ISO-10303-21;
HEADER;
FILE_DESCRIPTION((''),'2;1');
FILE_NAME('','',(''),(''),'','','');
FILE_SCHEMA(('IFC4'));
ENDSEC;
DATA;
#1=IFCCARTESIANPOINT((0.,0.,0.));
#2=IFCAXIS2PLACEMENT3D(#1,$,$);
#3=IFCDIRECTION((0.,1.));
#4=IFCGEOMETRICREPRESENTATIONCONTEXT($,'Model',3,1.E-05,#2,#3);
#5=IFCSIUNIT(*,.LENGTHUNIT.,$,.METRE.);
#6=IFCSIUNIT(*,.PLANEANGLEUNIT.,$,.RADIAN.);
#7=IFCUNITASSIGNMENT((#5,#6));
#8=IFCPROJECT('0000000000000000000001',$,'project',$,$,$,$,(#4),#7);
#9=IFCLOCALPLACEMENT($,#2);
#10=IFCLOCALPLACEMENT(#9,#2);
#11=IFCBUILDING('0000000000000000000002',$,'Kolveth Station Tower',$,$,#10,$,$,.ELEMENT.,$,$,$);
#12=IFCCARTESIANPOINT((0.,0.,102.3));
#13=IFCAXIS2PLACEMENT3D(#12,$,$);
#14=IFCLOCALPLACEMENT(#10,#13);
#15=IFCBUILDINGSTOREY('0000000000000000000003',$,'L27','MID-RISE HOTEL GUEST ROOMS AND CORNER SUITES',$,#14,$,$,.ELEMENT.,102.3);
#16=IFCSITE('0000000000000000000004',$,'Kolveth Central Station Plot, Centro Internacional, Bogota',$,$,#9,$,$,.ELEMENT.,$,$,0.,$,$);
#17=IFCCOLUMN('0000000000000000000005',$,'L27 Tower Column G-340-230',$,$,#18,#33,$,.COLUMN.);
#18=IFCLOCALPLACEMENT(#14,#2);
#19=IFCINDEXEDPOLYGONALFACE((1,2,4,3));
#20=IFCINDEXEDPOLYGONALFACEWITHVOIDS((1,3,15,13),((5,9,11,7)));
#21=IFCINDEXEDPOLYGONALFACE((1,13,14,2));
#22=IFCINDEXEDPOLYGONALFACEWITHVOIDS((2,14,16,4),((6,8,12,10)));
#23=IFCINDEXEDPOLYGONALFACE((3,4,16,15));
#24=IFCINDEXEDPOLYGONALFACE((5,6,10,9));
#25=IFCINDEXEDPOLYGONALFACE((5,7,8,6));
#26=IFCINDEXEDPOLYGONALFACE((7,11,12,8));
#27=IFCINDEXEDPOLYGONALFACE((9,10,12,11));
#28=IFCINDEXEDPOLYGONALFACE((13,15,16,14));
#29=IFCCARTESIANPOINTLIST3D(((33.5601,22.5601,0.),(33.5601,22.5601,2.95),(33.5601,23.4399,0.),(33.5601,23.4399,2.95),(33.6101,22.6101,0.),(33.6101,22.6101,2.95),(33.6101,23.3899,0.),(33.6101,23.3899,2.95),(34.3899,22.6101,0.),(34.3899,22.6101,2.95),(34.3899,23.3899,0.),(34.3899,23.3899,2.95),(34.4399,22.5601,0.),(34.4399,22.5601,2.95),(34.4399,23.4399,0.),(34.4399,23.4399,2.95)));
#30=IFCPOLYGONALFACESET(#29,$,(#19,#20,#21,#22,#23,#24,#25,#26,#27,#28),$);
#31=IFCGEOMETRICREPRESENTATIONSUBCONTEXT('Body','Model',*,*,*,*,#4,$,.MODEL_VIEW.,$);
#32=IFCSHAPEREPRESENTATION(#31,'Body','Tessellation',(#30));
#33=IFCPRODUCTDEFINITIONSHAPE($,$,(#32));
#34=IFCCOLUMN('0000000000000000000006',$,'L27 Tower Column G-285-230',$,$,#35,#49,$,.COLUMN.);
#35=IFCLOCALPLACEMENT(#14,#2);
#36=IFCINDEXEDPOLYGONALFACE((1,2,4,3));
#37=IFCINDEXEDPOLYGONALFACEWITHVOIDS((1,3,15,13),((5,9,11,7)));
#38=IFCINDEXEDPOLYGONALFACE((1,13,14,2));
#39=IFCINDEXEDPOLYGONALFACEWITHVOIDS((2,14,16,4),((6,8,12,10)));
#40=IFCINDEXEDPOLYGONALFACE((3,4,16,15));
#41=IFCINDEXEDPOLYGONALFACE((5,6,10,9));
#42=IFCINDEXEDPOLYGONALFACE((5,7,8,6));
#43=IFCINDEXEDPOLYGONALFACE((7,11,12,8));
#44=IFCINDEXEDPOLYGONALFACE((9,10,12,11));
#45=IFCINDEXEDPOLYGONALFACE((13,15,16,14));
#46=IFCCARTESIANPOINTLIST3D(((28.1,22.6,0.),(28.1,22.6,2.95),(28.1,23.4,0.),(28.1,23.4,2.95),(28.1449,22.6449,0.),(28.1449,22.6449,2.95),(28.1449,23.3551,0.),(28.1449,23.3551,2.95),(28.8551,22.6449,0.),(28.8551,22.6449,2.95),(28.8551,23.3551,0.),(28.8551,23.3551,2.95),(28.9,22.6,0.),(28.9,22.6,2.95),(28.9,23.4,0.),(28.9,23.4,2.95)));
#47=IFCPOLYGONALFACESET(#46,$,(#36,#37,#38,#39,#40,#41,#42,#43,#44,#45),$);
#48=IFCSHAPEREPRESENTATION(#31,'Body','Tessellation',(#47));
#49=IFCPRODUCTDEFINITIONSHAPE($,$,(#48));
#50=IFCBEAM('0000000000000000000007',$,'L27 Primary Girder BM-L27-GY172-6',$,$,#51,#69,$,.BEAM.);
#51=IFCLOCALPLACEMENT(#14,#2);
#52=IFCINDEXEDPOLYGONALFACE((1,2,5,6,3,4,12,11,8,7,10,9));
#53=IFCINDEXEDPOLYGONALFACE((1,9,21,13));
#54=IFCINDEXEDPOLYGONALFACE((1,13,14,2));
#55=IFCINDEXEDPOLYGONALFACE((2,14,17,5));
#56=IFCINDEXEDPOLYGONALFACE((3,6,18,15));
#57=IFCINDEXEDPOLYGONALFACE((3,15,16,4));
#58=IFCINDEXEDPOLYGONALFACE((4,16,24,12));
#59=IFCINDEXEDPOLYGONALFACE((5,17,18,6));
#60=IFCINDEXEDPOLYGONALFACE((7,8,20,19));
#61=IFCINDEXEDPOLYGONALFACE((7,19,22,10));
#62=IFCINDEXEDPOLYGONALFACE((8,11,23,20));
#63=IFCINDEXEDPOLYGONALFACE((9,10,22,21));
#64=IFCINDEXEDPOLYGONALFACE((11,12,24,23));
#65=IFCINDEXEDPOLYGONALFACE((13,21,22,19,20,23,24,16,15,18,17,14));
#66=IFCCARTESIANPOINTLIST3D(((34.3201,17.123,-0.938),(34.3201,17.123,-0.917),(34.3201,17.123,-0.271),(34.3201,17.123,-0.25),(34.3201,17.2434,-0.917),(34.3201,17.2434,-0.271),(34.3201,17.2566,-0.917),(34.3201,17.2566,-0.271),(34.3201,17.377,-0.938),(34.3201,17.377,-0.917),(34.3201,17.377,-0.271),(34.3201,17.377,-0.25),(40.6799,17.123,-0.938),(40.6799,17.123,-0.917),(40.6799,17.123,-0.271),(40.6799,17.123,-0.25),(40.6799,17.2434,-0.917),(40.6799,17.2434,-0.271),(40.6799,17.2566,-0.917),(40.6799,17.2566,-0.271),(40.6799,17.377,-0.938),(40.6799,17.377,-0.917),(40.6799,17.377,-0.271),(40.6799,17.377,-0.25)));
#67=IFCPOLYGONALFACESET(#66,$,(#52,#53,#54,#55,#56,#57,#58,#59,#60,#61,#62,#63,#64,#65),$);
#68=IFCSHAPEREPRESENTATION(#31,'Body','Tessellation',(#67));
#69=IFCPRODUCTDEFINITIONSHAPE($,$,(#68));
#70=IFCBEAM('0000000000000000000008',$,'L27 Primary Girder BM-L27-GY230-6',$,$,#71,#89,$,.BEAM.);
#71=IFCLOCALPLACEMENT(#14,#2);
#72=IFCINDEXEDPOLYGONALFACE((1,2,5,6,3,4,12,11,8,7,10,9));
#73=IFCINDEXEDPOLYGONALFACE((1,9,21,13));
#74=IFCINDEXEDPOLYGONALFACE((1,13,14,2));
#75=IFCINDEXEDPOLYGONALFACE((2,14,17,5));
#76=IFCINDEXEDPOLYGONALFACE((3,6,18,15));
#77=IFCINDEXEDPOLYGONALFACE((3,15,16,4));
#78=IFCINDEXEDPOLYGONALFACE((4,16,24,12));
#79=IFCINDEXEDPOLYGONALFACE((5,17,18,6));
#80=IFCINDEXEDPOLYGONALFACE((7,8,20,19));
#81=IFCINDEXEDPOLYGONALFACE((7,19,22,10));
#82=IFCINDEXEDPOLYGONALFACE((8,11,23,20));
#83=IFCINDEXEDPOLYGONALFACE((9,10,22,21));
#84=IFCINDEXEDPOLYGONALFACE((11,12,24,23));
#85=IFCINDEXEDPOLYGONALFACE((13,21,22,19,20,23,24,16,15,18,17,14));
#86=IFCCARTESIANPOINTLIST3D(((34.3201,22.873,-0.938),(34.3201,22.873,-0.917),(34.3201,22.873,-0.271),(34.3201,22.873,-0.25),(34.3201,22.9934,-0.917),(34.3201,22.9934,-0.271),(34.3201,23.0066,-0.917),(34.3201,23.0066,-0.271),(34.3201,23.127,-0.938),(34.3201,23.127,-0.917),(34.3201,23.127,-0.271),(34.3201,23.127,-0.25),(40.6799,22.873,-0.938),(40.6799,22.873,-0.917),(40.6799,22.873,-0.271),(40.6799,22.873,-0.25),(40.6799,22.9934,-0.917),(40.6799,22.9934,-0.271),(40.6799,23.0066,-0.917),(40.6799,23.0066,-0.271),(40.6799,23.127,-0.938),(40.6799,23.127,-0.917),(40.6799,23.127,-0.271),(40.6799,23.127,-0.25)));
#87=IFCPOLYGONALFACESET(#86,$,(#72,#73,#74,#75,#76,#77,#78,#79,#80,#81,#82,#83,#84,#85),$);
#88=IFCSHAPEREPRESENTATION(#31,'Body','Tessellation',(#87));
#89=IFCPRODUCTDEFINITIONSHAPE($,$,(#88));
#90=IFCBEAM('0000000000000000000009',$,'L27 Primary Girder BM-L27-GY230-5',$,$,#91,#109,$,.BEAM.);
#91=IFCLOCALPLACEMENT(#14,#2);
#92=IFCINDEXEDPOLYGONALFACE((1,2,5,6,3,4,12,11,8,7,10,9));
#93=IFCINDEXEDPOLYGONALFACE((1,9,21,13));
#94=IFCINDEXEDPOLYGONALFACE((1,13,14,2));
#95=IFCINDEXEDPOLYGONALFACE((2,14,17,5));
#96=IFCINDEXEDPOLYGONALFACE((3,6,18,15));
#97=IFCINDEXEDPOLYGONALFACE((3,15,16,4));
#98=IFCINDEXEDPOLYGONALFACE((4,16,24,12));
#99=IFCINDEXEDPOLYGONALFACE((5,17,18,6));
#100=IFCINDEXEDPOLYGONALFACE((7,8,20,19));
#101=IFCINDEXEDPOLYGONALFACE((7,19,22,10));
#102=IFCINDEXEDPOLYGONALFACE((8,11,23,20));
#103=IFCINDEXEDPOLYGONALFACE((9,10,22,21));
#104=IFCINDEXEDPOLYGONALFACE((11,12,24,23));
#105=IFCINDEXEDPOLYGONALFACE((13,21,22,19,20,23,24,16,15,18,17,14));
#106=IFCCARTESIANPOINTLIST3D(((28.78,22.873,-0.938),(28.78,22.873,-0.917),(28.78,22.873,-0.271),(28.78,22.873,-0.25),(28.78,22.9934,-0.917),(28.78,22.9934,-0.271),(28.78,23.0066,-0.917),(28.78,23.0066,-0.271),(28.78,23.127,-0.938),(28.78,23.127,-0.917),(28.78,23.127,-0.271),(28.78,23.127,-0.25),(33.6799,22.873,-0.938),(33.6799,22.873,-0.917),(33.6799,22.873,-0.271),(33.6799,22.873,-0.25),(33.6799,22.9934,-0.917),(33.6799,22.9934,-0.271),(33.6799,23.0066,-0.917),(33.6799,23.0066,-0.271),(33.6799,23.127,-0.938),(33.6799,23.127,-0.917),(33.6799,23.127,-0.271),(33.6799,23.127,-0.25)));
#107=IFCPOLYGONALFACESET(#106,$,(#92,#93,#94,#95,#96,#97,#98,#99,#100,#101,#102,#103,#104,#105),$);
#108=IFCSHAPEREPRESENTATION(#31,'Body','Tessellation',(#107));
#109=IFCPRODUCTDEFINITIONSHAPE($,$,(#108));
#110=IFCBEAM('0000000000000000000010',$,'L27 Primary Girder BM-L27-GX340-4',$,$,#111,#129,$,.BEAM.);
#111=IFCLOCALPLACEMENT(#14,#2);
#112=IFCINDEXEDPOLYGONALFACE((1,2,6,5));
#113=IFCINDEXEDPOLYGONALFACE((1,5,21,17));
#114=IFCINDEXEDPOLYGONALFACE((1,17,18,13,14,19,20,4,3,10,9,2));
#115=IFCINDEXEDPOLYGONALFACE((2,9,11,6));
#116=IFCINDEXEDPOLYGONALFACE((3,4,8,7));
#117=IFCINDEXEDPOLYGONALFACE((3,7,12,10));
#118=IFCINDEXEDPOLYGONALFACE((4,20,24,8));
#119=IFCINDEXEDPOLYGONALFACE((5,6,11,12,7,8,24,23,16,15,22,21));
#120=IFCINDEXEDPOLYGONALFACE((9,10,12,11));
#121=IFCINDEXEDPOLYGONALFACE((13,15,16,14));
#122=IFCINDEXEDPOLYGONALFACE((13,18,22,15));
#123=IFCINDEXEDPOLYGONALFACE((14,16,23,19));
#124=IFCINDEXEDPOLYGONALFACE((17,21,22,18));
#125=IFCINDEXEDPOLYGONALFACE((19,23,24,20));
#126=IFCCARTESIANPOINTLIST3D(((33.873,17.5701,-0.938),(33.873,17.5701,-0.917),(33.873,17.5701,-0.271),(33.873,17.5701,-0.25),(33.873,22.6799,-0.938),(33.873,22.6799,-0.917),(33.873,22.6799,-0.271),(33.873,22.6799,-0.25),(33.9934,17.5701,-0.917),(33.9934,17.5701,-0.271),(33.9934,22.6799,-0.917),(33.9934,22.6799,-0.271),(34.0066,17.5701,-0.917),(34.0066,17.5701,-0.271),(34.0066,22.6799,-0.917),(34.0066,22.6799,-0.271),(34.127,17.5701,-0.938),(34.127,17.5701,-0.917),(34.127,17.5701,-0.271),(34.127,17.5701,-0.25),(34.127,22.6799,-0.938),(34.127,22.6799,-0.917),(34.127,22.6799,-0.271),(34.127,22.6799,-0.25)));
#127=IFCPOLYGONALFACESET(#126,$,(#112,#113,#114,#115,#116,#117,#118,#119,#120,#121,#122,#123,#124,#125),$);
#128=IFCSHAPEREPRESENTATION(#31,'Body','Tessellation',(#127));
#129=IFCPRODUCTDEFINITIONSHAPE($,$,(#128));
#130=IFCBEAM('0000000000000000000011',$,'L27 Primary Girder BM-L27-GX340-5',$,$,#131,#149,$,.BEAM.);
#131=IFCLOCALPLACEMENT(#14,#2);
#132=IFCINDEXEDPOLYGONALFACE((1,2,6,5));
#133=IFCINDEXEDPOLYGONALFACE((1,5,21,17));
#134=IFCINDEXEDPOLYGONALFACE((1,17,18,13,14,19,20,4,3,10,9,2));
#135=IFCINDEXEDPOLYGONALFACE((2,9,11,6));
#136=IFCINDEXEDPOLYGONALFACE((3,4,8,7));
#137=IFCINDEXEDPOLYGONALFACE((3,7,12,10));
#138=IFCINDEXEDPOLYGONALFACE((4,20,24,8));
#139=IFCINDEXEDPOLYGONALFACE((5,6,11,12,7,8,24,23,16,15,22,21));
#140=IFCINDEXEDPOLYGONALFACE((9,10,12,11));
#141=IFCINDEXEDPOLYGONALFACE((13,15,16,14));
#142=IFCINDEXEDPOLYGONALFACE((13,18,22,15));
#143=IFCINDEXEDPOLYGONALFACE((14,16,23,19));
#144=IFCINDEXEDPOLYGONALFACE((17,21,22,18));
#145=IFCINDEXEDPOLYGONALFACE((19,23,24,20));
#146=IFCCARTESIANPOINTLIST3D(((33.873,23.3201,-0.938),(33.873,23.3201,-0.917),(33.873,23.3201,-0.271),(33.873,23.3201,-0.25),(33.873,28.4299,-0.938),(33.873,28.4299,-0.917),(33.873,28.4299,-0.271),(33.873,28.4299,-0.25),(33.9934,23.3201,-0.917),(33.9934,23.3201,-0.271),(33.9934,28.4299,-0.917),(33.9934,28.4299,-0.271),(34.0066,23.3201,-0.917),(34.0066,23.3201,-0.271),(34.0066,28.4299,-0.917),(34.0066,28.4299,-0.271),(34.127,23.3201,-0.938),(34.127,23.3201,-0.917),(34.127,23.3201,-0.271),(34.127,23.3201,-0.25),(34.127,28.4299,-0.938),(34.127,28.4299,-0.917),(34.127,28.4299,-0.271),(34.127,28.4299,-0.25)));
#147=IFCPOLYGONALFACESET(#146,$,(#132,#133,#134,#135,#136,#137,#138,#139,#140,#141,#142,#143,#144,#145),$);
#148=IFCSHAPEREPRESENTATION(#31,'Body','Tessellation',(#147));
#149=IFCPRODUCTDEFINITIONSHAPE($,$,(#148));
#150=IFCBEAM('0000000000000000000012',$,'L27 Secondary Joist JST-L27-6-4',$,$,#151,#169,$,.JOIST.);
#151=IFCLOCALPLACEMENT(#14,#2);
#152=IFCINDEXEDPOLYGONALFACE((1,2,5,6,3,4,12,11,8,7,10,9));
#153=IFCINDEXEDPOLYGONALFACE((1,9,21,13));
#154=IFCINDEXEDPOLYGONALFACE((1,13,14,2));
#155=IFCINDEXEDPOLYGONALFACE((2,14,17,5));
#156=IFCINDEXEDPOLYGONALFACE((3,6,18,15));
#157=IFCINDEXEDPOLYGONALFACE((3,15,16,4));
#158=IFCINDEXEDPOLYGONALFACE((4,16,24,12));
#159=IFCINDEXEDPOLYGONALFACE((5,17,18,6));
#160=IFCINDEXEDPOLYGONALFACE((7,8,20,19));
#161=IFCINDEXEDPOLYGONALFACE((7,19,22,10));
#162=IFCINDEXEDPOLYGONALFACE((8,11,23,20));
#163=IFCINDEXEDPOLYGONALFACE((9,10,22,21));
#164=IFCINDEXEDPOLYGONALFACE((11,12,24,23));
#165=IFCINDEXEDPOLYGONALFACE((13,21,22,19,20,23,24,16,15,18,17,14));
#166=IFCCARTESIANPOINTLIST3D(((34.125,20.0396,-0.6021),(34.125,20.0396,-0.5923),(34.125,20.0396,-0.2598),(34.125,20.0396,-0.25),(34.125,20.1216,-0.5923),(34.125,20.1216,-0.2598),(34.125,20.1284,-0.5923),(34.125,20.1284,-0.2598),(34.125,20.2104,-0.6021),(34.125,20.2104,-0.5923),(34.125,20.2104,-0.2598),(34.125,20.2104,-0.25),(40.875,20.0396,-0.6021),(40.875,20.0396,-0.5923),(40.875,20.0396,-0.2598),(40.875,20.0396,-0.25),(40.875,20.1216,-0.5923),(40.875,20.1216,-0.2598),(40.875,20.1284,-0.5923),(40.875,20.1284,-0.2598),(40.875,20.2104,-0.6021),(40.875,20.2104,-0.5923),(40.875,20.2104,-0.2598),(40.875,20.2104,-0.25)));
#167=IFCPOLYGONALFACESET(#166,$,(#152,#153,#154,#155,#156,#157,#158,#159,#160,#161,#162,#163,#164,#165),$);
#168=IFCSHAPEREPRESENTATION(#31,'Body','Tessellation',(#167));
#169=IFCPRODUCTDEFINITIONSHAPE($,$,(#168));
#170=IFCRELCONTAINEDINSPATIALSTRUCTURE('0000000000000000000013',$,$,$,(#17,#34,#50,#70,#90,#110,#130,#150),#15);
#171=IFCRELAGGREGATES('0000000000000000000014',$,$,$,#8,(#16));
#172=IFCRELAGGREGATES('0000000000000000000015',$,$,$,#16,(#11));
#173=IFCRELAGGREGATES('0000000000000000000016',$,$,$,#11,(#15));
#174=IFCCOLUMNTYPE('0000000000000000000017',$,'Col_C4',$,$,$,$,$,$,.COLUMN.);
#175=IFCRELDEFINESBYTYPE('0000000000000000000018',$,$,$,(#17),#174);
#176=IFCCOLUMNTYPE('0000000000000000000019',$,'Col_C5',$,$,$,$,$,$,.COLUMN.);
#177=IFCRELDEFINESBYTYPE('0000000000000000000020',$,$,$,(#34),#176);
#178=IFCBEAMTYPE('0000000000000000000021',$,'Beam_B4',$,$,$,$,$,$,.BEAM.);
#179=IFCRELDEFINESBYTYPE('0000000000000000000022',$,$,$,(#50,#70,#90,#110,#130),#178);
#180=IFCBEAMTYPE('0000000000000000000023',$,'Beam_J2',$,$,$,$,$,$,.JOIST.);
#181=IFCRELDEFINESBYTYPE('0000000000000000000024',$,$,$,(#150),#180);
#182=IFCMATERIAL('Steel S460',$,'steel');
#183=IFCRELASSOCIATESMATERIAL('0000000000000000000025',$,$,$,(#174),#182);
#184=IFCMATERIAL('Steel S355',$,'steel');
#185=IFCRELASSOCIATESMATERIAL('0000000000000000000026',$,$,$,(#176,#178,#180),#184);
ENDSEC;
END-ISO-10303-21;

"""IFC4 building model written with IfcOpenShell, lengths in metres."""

from ifc_helpers import new_model, si_unit, direction, frame, origin, origin_2d, place, context, subcontext, project, spatial, hollow_rectangle, i_section, extrude, source, transform, mapped, material, material_profile, profile_set, type_object, element, save


model = new_model("IFC4")

# Units and contexts
model_context = context("Model", 3, precision=1e-05, world=origin(), true_north=direction((0.0, 1.0)))
body_context = subcontext(model_context, "Body", "Model", "MODEL_VIEW")
ifc_project = project(units=[si_unit("LENGTHUNIT", "METRE"), si_unit("PLANEANGLEUNIT", "RADIAN")], contexts=[model_context])

# Site, building, storey
site_placement = place(None, origin())
site = spatial("IfcSite", under=ifc_project, at=site_placement, Name="Kolveth Central Station Plot, Centro Internacional, Bogota", CompositionType="ELEMENT", RefElevation=0.0)
building_placement = place(site_placement, origin())
building = spatial("IfcBuilding", under=site, at=building_placement, Name="Kolveth Station Tower", CompositionType="ELEMENT")
storey_placement = place(building_placement, frame((0.0, 0.0, 102.3)))
storey = spatial("IfcBuildingStorey", under=building, at=storey_placement, Name="L27", Description="MID-RISE HOTEL GUEST ROOMS AND CORNER SUITES", CompositionType="ELEMENT", Elevation=102.3)

# Columns
ifc_material_1 = material(Name="Steel S460", Category="steel")
ifc_material_profile_1 = material_profile(ifc_material_1, hollow_rectangle(XDim=0.8799, YDim=0.8799, WallThickness=0.05, at=origin_2d()), Name="BOX880x880x50")
ifc_profile_set_1 = profile_set([ifc_material_profile_1], Name="Steel S460")
column_type_1 = type_object("IfcColumnType", Name="Col_C4", PredefinedType="COLUMN", material=ifc_profile_set_1)
shared_shape_1 = source(origin(), body_context, "Body", "SweptSolid", [
    extrude(hollow_rectangle(XDim=0.8799, YDim=0.8799, WallThickness=0.05, at=origin_2d()), origin(), (0.0, 0.0, 1.0), 2.95),
])
column_1_placement = place(storey_placement, frame((34.0, 23.0, 0.0), z_axis=(0.0, 0.0, 1.0), x_axis=(1.0, 0.0, 0.0)))
element("IfcColumn", 1, at=column_1_placement, inside=storey, type_object=column_type_1, Name="L27 Tower Column G-340-230", PredefinedType="COLUMN", context=body_context, shape_type="MappedRepresentation", body=[
    mapped(shared_shape_1, transform((0.0, 0.0, 0.0), x_axis=(1.0, 0.0, 0.0), y_axis=(0.0, 1.0, 0.0), z_axis=(0.0, 0.0, 1.0), scale=1.0)),
])
ifc_material_2 = material(Name="Steel S355", Category="steel")
ifc_material_profile_2 = material_profile(ifc_material_2, hollow_rectangle(XDim=0.8, YDim=0.8, WallThickness=0.0449, at=origin_2d()), Name="BOX800x800x45")
ifc_profile_set_2 = profile_set([ifc_material_profile_2], Name="Steel S355")
column_type_2 = type_object("IfcColumnType", Name="Col_C5", PredefinedType="COLUMN", material=ifc_profile_set_2)
shared_shape_2 = source(origin(), body_context, "Body", "SweptSolid", [
    extrude(hollow_rectangle(XDim=0.8, YDim=0.8, WallThickness=0.0449, at=origin_2d()), origin(), (0.0, 0.0, 1.0), 2.95),
])
column_2_placement = place(storey_placement, frame((28.5, 23.0, 0.0), z_axis=(0.0, 0.0, 1.0), x_axis=(1.0, 0.0, 0.0)))
element("IfcColumn", 2, at=column_2_placement, inside=storey, type_object=column_type_2, Name="L27 Tower Column G-285-230", PredefinedType="COLUMN", context=body_context, shape_type="MappedRepresentation", body=[
    mapped(shared_shape_2, transform((0.0, 0.0, 0.0), x_axis=(1.0, 0.0, 0.0), y_axis=(0.0, 1.0, 0.0), z_axis=(0.0, 0.0, 1.0), scale=1.0)),
])

# Beams
ifc_material_profile_3 = material_profile(ifc_material_2, i_section(OverallWidth=0.2539, OverallDepth=0.688, WebThickness=0.0132, FlangeThickness=0.021, at=origin_2d()), Name="W690x152")
ifc_profile_set_3 = profile_set([ifc_material_profile_3], Name="Steel S355")
beam_type_1 = type_object("IfcBeamType", Name="Beam_B4", PredefinedType="BEAM", material=ifc_profile_set_3)
shared_shape_3 = source(origin(), body_context, "Body", "SweptSolid", [
    extrude(i_section(OverallWidth=0.2539, OverallDepth=0.688, WebThickness=0.0132, FlangeThickness=0.021, at=origin_2d()), origin(), (0.0, 0.0, 1.0), 6.3599),
])
for number, where, z_axis, x_axis, name in (
    (3, (34.3201, 17.25, -0.594), (1.0, 0.0, 0.0), (0.0, 1.0, 0.0), "L27 Primary Girder BM-L27-GY172-6"),
    (4, (34.3201, 23.0, -0.594), (1.0, 0.0, 0.0), (0.0, 1.0, 0.0), "L27 Primary Girder BM-L27-GY230-6"),
):
    element("IfcBeam", number, at=place(storey_placement, frame(where, z_axis=z_axis, x_axis=x_axis)), inside=storey, type_object=beam_type_1, Name=name, PredefinedType="BEAM", context=body_context, shape_type="MappedRepresentation", body=[
        mapped(shared_shape_3, transform((0.0, 0.0, 0.0), x_axis=(1.0, 0.0, 0.0), y_axis=(0.0, 1.0, 0.0), z_axis=(0.0, 0.0, 1.0), scale=1.0)),
    ])
shared_shape_4 = source(origin(), body_context, "Body", "SweptSolid", [
    extrude(i_section(OverallWidth=0.2539, OverallDepth=0.688, WebThickness=0.0132, FlangeThickness=0.021, at=origin_2d()), origin(), (0.0, 0.0, 1.0), 4.8999),
])
beam_1_placement = place(storey_placement, frame((28.78, 23.0, -0.594), z_axis=(1.0, 0.0, 0.0), x_axis=(0.0, 1.0, 0.0)))
element("IfcBeam", 5, at=beam_1_placement, inside=storey, type_object=beam_type_1, Name="L27 Primary Girder BM-L27-GY230-5", PredefinedType="BEAM", context=body_context, shape_type="MappedRepresentation", body=[
    mapped(shared_shape_4, transform((0.0, 0.0, 0.0), x_axis=(1.0, 0.0, 0.0), y_axis=(0.0, 1.0, 0.0), z_axis=(0.0, 0.0, 1.0), scale=1.0)),
])
shared_shape_5 = source(origin(), body_context, "Body", "SweptSolid", [
    extrude(i_section(OverallWidth=0.2539, OverallDepth=0.688, WebThickness=0.0132, FlangeThickness=0.021, at=origin_2d()), origin(), (0.0, 0.0, 1.0), 5.1099),
])
for number, where, z_axis, x_axis, name in (
    (6, (34.0, 17.5701, -0.594), (0.0, 1.0, 0.0), (-1.0, 0.0, 0.0), "L27 Primary Girder BM-L27-GX340-4"),
    (7, (34.0, 23.3201, -0.594), (0.0, 1.0, 0.0), (-1.0, 0.0, 0.0), "L27 Primary Girder BM-L27-GX340-5"),
):
    element("IfcBeam", number, at=place(storey_placement, frame(where, z_axis=z_axis, x_axis=x_axis)), inside=storey, type_object=beam_type_1, Name=name, PredefinedType="BEAM", context=body_context, shape_type="MappedRepresentation", body=[
        mapped(shared_shape_5, transform((0.0, 0.0, 0.0), x_axis=(1.0, 0.0, 0.0), y_axis=(0.0, 1.0, 0.0), z_axis=(0.0, 0.0, 1.0), scale=1.0)),
    ])
ifc_material_profile_4 = material_profile(ifc_material_2, i_section(OverallWidth=0.1709, OverallDepth=0.3521, WebThickness=0.0068, FlangeThickness=0.0098, at=origin_2d()), Name="W360x44")
ifc_profile_set_4 = profile_set([ifc_material_profile_4], Name="Steel S355")
beam_type_2 = type_object("IfcBeamType", Name="Beam_J2", PredefinedType="JOIST", material=ifc_profile_set_4)
shared_shape_6 = source(origin(), body_context, "Body", "SweptSolid", [
    extrude(i_section(OverallWidth=0.1709, OverallDepth=0.3521, WebThickness=0.0068, FlangeThickness=0.0098, at=origin_2d()), origin(), (0.0, 0.0, 1.0), 6.75),
])
beam_2_placement = place(storey_placement, frame((34.125, 20.125, -0.426), z_axis=(1.0, 0.0, 0.0), x_axis=(0.0, 1.0, 0.0)))
element("IfcBeam", 8, at=beam_2_placement, inside=storey, type_object=beam_type_2, Name="L27 Secondary Joist JST-L27-6-4", PredefinedType="JOIST", context=body_context, shape_type="MappedRepresentation", body=[
    mapped(shared_shape_6, transform((0.0, 0.0, 0.0), x_axis=(1.0, 0.0, 0.0), y_axis=(0.0, 1.0, 0.0), z_axis=(0.0, 0.0, 1.0), scale=1.0)),
])

save(model, "model.ifc")
